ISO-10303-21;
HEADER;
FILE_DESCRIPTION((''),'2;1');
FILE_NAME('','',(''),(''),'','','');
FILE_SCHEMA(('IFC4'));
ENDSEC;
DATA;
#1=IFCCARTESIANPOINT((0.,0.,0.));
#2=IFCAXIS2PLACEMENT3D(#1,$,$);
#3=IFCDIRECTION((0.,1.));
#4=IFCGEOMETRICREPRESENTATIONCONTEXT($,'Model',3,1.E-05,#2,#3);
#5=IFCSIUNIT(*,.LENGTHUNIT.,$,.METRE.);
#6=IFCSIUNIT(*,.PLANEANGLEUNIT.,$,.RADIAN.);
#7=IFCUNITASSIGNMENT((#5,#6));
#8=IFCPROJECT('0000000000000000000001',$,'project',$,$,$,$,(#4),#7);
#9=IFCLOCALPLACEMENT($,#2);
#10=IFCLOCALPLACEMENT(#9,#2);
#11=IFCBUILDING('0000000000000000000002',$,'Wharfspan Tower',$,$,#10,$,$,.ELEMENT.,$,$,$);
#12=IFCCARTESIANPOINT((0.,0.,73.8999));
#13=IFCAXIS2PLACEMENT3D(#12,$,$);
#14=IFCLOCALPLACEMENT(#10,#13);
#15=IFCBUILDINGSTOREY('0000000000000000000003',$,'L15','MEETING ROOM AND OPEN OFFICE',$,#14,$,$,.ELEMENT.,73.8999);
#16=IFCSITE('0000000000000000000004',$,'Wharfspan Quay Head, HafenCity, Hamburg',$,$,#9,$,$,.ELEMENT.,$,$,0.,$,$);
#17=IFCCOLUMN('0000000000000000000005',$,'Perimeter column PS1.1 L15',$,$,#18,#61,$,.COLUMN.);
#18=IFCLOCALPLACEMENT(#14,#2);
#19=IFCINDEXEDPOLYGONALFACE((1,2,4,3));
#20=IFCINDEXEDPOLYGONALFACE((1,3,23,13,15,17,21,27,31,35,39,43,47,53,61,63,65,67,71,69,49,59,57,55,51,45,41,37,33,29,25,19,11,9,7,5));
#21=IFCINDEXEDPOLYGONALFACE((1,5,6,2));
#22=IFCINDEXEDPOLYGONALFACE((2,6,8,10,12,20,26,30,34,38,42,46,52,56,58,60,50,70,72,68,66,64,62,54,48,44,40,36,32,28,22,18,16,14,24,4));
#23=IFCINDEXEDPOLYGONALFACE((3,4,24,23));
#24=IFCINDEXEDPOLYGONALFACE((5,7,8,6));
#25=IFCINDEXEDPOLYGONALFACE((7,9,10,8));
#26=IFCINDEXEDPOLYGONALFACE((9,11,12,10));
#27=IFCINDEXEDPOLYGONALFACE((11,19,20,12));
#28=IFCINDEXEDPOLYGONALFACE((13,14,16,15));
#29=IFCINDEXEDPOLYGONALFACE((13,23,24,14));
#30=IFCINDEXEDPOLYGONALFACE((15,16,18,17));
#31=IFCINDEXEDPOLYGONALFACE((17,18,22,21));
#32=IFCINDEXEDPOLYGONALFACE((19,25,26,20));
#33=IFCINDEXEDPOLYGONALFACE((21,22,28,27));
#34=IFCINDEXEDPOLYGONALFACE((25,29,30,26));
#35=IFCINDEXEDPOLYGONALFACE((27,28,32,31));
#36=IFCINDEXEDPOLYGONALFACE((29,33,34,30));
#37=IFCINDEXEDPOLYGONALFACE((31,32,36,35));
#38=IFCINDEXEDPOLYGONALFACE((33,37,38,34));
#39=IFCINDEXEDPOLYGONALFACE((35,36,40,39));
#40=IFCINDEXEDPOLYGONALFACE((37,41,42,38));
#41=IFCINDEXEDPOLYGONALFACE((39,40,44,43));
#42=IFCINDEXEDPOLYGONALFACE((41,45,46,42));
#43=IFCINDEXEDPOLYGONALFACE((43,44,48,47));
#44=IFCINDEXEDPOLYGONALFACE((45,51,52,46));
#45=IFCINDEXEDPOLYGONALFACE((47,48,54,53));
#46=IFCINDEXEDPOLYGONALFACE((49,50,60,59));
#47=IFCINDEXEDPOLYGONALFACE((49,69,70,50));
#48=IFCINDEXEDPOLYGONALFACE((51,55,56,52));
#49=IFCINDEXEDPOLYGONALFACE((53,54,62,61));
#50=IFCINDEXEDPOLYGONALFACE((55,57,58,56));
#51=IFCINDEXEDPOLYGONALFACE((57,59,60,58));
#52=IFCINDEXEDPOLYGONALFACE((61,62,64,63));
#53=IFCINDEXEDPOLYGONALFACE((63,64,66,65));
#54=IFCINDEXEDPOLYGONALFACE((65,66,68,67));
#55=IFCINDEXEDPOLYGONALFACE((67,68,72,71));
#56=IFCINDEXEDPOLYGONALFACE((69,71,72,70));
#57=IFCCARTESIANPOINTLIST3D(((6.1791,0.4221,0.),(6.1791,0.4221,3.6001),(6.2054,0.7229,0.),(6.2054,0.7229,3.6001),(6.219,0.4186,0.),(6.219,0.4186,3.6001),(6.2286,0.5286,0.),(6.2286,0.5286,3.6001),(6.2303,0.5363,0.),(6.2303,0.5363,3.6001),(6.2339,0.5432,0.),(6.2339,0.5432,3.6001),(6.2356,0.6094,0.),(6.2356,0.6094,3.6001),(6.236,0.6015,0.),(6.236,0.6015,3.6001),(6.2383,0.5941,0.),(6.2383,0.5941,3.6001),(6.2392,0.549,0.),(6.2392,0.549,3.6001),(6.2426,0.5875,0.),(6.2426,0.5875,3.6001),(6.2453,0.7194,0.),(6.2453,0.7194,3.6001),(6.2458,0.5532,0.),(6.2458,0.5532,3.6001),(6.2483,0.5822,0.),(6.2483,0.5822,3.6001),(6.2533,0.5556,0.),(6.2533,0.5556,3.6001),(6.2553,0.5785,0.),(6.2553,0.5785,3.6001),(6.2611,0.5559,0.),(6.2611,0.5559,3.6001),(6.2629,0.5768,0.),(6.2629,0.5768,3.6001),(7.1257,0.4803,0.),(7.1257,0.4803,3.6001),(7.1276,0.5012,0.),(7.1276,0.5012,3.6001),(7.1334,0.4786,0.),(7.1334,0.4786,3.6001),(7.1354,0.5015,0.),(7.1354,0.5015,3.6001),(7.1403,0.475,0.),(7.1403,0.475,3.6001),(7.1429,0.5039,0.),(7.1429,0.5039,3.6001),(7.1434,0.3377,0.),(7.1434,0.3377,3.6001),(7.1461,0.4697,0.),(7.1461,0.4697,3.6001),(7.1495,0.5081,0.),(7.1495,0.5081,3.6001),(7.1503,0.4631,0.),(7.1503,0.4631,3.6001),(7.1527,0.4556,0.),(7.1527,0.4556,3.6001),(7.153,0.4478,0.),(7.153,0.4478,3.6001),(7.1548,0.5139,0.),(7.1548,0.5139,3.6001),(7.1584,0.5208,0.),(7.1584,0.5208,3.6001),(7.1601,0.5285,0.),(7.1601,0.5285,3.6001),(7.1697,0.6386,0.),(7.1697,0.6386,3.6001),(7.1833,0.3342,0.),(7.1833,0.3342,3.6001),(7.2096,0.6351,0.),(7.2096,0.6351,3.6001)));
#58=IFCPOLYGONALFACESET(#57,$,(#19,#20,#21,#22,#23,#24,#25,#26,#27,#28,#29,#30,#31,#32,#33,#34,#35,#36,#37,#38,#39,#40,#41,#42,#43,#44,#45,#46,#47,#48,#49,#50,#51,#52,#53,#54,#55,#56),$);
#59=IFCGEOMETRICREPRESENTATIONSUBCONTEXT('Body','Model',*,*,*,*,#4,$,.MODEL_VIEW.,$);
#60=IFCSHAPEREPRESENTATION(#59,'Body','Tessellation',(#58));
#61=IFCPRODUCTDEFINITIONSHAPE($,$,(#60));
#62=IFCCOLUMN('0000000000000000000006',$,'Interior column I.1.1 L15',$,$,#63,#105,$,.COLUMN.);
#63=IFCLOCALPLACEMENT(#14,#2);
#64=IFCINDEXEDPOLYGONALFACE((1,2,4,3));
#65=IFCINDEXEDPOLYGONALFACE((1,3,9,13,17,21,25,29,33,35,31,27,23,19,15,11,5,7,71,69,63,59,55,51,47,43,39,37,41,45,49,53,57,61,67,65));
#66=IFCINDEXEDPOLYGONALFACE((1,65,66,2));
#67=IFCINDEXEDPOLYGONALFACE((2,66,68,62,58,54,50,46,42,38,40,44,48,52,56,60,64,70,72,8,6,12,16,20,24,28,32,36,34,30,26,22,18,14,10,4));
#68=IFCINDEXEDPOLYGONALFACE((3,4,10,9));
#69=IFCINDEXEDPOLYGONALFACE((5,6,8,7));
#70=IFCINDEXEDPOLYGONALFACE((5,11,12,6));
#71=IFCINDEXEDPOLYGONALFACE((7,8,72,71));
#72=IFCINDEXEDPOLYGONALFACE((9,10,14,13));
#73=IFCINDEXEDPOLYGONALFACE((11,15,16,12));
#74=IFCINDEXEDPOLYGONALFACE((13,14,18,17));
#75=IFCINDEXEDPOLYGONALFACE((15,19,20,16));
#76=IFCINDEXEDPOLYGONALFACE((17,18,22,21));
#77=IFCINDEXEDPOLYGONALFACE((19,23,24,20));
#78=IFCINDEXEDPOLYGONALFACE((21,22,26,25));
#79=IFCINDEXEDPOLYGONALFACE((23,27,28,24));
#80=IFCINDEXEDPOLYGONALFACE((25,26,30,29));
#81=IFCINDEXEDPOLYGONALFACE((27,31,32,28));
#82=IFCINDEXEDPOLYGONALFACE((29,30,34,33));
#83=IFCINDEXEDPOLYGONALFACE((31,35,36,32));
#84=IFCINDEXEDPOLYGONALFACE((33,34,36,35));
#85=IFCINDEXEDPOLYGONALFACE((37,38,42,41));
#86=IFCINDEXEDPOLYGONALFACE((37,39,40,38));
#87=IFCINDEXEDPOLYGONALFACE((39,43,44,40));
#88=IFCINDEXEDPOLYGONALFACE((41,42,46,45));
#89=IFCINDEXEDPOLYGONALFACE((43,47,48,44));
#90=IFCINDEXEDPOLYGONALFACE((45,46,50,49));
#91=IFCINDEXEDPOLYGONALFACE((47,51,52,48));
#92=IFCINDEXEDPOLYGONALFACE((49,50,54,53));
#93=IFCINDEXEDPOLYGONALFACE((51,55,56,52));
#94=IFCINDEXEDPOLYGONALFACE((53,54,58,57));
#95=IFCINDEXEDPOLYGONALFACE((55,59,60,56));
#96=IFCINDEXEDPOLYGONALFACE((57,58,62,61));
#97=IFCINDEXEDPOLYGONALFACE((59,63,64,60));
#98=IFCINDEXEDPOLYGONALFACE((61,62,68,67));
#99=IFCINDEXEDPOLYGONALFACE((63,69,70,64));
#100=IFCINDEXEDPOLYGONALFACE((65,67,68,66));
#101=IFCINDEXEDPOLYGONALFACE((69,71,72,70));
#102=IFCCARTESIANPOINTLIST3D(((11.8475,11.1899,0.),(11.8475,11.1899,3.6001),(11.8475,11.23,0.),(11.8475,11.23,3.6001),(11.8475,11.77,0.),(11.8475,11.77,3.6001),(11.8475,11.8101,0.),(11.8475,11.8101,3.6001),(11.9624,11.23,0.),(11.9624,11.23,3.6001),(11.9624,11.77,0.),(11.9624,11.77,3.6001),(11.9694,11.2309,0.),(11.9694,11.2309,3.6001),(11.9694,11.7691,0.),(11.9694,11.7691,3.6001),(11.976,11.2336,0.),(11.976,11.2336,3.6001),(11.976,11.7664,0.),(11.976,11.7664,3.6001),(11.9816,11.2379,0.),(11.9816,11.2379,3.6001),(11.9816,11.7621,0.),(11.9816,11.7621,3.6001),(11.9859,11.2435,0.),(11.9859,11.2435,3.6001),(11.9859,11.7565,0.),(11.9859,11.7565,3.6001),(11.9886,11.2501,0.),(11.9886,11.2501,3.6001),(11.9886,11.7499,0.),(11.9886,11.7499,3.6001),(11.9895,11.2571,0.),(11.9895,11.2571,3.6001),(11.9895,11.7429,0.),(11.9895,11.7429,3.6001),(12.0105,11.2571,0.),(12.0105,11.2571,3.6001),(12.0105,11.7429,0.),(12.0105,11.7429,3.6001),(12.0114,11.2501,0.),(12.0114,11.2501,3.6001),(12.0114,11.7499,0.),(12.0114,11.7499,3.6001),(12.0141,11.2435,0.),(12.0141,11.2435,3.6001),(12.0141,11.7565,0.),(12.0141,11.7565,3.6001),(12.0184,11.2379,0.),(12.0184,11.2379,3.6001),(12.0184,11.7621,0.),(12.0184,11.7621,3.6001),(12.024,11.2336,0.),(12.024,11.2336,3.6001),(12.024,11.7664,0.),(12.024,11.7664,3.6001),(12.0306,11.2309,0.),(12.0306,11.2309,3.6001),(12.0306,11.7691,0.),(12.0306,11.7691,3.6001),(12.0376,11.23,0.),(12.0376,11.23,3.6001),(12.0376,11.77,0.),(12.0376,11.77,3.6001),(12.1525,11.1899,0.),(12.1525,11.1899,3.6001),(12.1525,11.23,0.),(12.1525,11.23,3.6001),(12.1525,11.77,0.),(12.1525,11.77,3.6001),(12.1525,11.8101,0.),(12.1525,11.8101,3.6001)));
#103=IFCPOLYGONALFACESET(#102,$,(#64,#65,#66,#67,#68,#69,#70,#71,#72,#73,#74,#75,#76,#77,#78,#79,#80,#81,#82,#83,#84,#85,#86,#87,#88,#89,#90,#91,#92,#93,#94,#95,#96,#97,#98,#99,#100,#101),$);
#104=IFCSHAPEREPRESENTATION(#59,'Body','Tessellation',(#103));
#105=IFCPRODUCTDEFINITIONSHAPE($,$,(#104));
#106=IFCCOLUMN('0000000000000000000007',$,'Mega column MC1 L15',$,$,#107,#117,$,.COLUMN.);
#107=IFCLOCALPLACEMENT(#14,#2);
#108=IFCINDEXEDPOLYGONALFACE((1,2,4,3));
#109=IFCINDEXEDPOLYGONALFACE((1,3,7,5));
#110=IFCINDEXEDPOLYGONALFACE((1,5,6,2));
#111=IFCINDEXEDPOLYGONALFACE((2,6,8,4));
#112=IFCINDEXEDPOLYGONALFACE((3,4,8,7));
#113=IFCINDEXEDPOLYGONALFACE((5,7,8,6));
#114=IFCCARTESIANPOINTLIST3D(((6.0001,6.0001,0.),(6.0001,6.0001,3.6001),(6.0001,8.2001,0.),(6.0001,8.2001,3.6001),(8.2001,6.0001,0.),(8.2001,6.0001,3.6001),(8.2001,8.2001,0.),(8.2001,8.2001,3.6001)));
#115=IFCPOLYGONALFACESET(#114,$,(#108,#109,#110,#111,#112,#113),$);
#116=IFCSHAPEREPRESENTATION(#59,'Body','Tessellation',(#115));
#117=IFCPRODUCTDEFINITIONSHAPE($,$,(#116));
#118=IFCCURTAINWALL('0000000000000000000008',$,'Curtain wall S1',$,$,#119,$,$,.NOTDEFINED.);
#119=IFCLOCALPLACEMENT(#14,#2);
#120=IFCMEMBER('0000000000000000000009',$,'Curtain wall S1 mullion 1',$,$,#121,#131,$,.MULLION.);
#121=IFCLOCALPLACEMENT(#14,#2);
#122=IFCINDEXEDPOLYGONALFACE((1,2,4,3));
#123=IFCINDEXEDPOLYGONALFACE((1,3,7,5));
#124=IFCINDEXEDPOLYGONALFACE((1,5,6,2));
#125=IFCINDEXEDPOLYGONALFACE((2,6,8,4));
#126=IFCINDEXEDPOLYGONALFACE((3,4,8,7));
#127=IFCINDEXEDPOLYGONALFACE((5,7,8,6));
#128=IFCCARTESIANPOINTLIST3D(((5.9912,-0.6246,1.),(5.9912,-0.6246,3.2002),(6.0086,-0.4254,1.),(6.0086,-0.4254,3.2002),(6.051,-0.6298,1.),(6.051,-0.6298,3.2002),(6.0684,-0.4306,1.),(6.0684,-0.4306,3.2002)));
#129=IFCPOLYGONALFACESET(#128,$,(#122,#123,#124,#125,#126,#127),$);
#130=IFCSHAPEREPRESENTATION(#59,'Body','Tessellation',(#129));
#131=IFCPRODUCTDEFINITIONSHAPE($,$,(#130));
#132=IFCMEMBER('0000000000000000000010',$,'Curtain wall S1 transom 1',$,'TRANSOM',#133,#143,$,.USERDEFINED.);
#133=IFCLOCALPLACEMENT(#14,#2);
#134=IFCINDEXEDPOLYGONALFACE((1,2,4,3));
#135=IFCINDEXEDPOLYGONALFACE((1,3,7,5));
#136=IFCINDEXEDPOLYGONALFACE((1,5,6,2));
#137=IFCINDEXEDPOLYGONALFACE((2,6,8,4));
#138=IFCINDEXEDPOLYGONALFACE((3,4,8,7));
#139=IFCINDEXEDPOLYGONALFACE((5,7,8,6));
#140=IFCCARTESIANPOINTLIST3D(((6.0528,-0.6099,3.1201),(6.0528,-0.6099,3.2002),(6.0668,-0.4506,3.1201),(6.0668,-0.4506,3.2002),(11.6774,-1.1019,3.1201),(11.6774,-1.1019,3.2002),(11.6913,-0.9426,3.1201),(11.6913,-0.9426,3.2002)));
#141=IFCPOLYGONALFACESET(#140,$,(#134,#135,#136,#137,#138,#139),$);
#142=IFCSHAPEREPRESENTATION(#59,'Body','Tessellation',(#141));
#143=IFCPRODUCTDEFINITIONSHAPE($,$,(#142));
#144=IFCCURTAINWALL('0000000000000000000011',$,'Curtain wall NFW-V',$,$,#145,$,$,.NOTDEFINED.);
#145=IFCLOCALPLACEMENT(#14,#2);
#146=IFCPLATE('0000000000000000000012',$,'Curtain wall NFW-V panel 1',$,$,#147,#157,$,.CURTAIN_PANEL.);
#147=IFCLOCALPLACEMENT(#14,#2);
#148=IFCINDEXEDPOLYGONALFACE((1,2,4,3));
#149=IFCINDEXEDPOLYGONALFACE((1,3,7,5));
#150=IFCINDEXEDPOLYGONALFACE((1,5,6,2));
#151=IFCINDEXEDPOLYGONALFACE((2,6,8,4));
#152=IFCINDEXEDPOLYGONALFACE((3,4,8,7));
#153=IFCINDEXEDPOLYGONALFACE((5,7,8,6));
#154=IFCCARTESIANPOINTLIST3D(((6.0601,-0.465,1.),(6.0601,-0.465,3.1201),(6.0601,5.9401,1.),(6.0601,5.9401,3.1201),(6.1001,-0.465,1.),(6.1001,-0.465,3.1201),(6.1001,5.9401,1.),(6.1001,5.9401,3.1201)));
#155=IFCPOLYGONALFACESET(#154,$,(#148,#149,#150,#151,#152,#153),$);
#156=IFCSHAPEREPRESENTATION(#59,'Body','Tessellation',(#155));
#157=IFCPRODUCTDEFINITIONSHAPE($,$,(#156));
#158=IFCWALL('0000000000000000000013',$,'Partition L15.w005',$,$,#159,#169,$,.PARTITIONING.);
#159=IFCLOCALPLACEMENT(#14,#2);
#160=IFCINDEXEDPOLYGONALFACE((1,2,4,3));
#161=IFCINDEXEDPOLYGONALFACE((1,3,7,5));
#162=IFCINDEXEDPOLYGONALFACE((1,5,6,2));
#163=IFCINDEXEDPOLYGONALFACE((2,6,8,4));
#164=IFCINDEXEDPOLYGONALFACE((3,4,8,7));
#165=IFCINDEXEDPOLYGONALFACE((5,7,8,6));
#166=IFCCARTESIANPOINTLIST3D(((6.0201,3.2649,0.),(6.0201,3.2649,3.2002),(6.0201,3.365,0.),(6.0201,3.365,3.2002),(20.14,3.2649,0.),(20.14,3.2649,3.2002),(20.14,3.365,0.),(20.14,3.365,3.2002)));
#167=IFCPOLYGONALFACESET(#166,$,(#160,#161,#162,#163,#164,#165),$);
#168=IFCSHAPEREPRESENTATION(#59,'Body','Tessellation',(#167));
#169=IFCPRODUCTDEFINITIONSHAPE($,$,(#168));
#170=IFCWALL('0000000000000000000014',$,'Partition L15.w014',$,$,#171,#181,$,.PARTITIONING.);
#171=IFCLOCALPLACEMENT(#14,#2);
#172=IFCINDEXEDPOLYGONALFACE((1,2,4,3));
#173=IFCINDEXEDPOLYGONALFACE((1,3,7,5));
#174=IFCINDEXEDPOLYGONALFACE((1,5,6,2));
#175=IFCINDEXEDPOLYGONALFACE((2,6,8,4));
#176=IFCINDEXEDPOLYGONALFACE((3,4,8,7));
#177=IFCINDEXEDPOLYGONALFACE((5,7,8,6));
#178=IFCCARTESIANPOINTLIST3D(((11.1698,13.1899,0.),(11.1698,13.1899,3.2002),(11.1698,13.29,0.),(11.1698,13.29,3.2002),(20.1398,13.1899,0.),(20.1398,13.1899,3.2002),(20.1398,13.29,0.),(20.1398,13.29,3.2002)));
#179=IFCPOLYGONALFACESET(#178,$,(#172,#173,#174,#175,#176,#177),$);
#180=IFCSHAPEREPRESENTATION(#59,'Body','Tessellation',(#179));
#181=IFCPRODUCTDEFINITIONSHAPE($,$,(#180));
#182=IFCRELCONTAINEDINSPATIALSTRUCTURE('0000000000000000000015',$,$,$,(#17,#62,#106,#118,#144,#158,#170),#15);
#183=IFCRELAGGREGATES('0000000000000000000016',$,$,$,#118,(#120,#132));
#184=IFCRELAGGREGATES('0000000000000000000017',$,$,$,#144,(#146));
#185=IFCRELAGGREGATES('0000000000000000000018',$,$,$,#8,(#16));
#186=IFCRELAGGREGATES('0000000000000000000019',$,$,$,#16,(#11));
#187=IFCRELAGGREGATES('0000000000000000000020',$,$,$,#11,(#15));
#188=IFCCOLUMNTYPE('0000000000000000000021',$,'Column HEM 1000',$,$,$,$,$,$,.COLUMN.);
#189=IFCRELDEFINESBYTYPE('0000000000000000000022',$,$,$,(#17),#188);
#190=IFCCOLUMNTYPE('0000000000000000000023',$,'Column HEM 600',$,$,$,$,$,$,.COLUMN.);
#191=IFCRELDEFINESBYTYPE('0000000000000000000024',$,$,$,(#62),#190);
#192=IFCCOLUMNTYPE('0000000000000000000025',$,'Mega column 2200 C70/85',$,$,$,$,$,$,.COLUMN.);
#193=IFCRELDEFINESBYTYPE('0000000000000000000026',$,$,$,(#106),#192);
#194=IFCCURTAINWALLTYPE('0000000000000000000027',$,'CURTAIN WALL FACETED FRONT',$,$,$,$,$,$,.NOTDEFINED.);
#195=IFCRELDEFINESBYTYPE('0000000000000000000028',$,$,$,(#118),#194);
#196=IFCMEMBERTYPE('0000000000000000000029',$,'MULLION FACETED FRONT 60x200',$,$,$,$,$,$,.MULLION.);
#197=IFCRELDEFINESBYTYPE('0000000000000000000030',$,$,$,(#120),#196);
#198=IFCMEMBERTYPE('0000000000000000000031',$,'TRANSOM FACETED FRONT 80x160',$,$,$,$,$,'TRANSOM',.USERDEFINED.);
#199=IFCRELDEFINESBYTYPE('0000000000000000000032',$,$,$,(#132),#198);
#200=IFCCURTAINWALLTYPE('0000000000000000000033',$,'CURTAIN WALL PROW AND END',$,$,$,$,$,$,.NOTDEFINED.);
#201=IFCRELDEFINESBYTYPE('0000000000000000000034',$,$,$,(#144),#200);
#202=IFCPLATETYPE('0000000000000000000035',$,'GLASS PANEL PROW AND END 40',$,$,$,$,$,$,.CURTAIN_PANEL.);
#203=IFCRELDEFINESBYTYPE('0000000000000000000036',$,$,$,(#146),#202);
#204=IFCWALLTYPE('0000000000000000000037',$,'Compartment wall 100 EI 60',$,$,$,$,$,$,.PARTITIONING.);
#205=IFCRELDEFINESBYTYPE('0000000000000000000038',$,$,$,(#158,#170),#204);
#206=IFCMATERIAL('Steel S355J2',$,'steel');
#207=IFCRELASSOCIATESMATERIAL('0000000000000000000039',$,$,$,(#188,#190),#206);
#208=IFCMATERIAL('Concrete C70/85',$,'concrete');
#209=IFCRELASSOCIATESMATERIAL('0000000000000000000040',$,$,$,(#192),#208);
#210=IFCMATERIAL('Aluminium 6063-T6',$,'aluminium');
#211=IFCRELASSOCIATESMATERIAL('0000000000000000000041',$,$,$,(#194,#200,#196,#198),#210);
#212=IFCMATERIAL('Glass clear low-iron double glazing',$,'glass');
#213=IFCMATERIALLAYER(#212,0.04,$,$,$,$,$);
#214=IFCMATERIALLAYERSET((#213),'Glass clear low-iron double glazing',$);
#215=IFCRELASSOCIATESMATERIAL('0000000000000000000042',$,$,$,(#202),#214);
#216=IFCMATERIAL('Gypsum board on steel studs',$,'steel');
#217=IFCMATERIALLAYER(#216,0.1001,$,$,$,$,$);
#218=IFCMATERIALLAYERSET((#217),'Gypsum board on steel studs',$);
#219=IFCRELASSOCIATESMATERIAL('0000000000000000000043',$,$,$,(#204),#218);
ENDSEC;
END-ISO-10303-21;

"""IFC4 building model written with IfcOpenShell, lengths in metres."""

from ifc_helpers import new_model, si_unit, direction, frame, frame_2d, origin, origin_2d, place, context, subcontext, project, spatial, rectangle, i_section, extrude, material, layer, layer_set, material_profile, profile_set, type_object, element, aggregate, save


model = new_model("IFC4")

# Units and contexts
model_context = context("Model", 3, precision=1e-05, world=origin(), true_north=direction((0.0, 1.0)))
body_context = subcontext(model_context, "Body", "Model", "MODEL_VIEW")
ifc_project = project(units=[si_unit("LENGTHUNIT", "METRE"), si_unit("PLANEANGLEUNIT", "RADIAN")], contexts=[model_context])

# Site, building, storey
site_placement = place(None, origin())
site = spatial("IfcSite", under=ifc_project, at=site_placement, Name="Wharfspan Quay Head, HafenCity, Hamburg", CompositionType="ELEMENT", RefElevation=0.0)
building_placement = place(site_placement, origin())
building = spatial("IfcBuilding", under=site, at=building_placement, Name="Wharfspan Tower", CompositionType="ELEMENT")
storey_placement = place(building_placement, frame((0.0, 0.0, 73.8999)))
storey = spatial("IfcBuildingStorey", under=building, at=storey_placement, Name="L15", Description="MEETING ROOM AND OPEN OFFICE", CompositionType="ELEMENT", Elevation=73.8999)

# Columns
ifc_material_1 = material(Name="Steel S355J2", Category="steel")
ifc_material_profile_1 = material_profile(ifc_material_1, i_section(OverallWidth=0.302, OverallDepth=1.0081, WebThickness=0.021, FlangeThickness=0.04, FilletRadius=0.03, at=origin_2d()))
ifc_profile_set_1 = profile_set([ifc_material_profile_1], Name="Steel S355J2")
column_type_1 = type_object("IfcColumnType", Name="Column HEM 1000", PredefinedType="COLUMN", material=ifc_profile_set_1)
column_1_placement = place(storey_placement, frame((6.6943, 0.5286, 0.0), z_axis=(0.0, 0.0, 1.0), x_axis=(-0.087156, -0.996198, 0.0)))
element("IfcColumn", 1, at=column_1_placement, inside=storey, type_object=column_type_1, Name="Perimeter column PS1.1 L15", PredefinedType="COLUMN", context=body_context, shape_type="SweptSolid", body=[
    extrude(i_section(OverallWidth=0.302, OverallDepth=1.0081, WebThickness=0.021, FlangeThickness=0.04, FilletRadius=0.03, at=origin_2d()), origin(), (0.0, 0.0, 1.0), 3.6001),
])
ifc_material_profile_2 = material_profile(ifc_material_1, i_section(OverallWidth=0.3049, OverallDepth=0.6201, WebThickness=0.021, FlangeThickness=0.04, FilletRadius=0.0271, at=origin_2d()))
ifc_profile_set_2 = profile_set([ifc_material_profile_2], Name="Steel S355J2")
column_type_2 = type_object("IfcColumnType", Name="Column HEM 600", PredefinedType="COLUMN", material=ifc_profile_set_2)
column_2_placement = place(storey_placement, frame((12.0, 11.5, 0.0), z_axis=(0.0, 0.0, 1.0), x_axis=(1.0, 0.0, 0.0)))
element("IfcColumn", 2, at=column_2_placement, inside=storey, type_object=column_type_2, Name="Interior column I.1.1 L15", PredefinedType="COLUMN", context=body_context, shape_type="SweptSolid", body=[
    extrude(i_section(OverallWidth=0.3049, OverallDepth=0.6201, WebThickness=0.021, FlangeThickness=0.04, FilletRadius=0.0271, at=origin_2d()), origin(), (0.0, 0.0, 1.0), 3.6001),
])
ifc_material_2 = material(Name="Concrete C70/85", Category="concrete")
ifc_material_profile_3 = material_profile(ifc_material_2, rectangle(XDim=2.2, YDim=2.2, at=origin_2d()))
ifc_profile_set_3 = profile_set([ifc_material_profile_3], Name="Concrete C70/85")
column_type_3 = type_object("IfcColumnType", Name="Mega column 2200 C70/85", PredefinedType="COLUMN", material=ifc_profile_set_3)
column_3_placement = place(storey_placement, frame((7.1001, 7.1001, 0.0), z_axis=(0.0, 0.0, 1.0), x_axis=(1.0, 0.0, 0.0)))
element("IfcColumn", 3, at=column_3_placement, inside=storey, type_object=column_type_3, Name="Mega column MC1 L15", PredefinedType="COLUMN", context=body_context, shape_type="SweptSolid", body=[
    extrude(rectangle(XDim=2.2, YDim=2.2, at=origin_2d()), origin(), (0.0, 0.0, 1.0), 3.6001),
])

# Curtain wall, members
ifc_material_3 = material(Name="Aluminium 6063-T6", Category="aluminium")
curtain_wall_type_1 = type_object("IfcCurtainWallType", Name="CURTAIN WALL FACETED FRONT", PredefinedType="NOTDEFINED", material=ifc_material_3)
curtain_wall_1_placement = place(storey_placement, origin())
curtain_wall_1 = element("IfcCurtainWall", 4, at=curtain_wall_1_placement, inside=storey, type_object=curtain_wall_type_1, Name="Curtain wall S1", PredefinedType="NOTDEFINED")
ifc_material_profile_4 = material_profile(ifc_material_3, rectangle(XDim=0.2, YDim=0.0601, at=origin_2d()))
ifc_profile_set_4 = profile_set([ifc_material_profile_4], Name="Aluminium 6063-T6")
member_type_1 = type_object("IfcMemberType", Name="MULLION FACETED FRONT 60x200", PredefinedType="MULLION", material=ifc_profile_set_4)
member_1_placement = place(storey_placement, frame((6.0298, -0.5276, 1.0), z_axis=(0.0, 0.0, 1.0), x_axis=(0.087156, 0.996197, 0.0)))
member_1 = element("IfcMember", 5, at=member_1_placement, type_object=member_type_1, Name="Curtain wall S1 mullion 1", PredefinedType="MULLION", context=body_context, shape_type="SweptSolid", body=[
    extrude(rectangle(XDim=0.2, YDim=0.0601, at=origin_2d()), origin(), (0.0, 0.0, 1.0), 2.2002),
])
ifc_material_profile_5 = material_profile(ifc_material_3, rectangle(XDim=0.1599, YDim=0.0801, at=origin_2d()))
ifc_profile_set_5 = profile_set([ifc_material_profile_5], Name="Aluminium 6063-T6")
member_type_2 = type_object("IfcMemberType", Name="TRANSOM FACETED FRONT 80x160", ElementType="TRANSOM", PredefinedType="USERDEFINED", material=ifc_profile_set_5)
member_2_placement = place(storey_placement, frame((6.0598, -0.5303, 3.1602), z_axis=(0.996197, -0.087132, 0.0), x_axis=(0.087132, 0.996197, 0.0)))
member_2 = element("IfcMember", 6, at=member_2_placement, type_object=member_type_2, Name="Curtain wall S1 transom 1", ObjectType="TRANSOM", PredefinedType="USERDEFINED", context=body_context, shape_type="SweptSolid", body=[
    extrude(rectangle(XDim=0.1599, YDim=0.0801, at=origin_2d()), origin(), (0.0, 0.0, 1.0), 5.646),
])
aggregate(curtain_wall_1, [member_1, member_2])

# Curtain wall, plate
curtain_wall_type_2 = type_object("IfcCurtainWallType", Name="CURTAIN WALL PROW AND END", PredefinedType="NOTDEFINED", material=ifc_material_3)
curtain_wall_2_placement = place(storey_placement, origin())
curtain_wall_2 = element("IfcCurtainWall", 7, at=curtain_wall_2_placement, inside=storey, type_object=curtain_wall_type_2, Name="Curtain wall NFW-V", PredefinedType="NOTDEFINED")
ifc_material_4 = material(Name="Glass clear low-iron double glazing", Category="glass")
ifc_layer_1 = layer(ifc_material_4, 0.04)
ifc_layer_set_1 = layer_set([ifc_layer_1], Name="Glass clear low-iron double glazing")
plate_type = type_object("IfcPlateType", Name="GLASS PANEL PROW AND END 40", PredefinedType="CURTAIN_PANEL", material=ifc_layer_set_1)
plate_placement = place(storey_placement, frame((6.0801, 2.7375, 1.0), z_axis=(0.0, 0.0, 1.0), x_axis=(0.0, -1.0, 0.0)))
plate = element("IfcPlate", 8, at=plate_placement, type_object=plate_type, Name="Curtain wall NFW-V panel 1", PredefinedType="CURTAIN_PANEL", context=body_context, shape_type="SweptSolid", body=[
    extrude(rectangle(XDim=6.405, YDim=0.04, at=origin_2d()), origin(), (0.0, 0.0, 1.0), 2.1201),
])
aggregate(curtain_wall_2, [plate])

# Walls
ifc_material_5 = material(Name="Gypsum board on steel studs", Category="steel")
ifc_layer_2 = layer(ifc_material_5, 0.1001)
ifc_layer_set_2 = layer_set([ifc_layer_2], Name="Gypsum board on steel studs")
wall_type_1 = type_object("IfcWallType", Name="Compartment wall 100 EI 60", PredefinedType="PARTITIONING", material=ifc_layer_set_2)
wall_1_placement = place(storey_placement, frame((6.02, 3.3149, 0.0), z_axis=(0.0, 0.0, 1.0), x_axis=(1.0, 0.0, 0.0)))
element("IfcWall", 9, at=wall_1_placement, inside=storey, type_object=wall_type_1, Name="Partition L15.w005", PredefinedType="PARTITIONING", context=body_context, shape_type="SweptSolid", body=[
    extrude(rectangle(XDim=14.1199, YDim=0.1001, at=frame_2d((7.0601, 0.0))), origin(), (0.0, 0.0, 1.0), 3.2002),
])
for number, where, z_axis, x_axis, name in (
    (10, (11.1699, 13.24, 0.0), (0.0, 0.0, 1.0), (1.0, 0.0, 0.0), "Partition L15.w014"),
):
    element("IfcWall", number, at=place(storey_placement, frame(where, z_axis=z_axis, x_axis=x_axis)), inside=storey, type_object=wall_type_1, Name=name, PredefinedType="PARTITIONING", context=body_context, shape_type="SweptSolid", body=[
        extrude(rectangle(XDim=8.97, YDim=0.1001, at=frame_2d((4.4849, 0.0))), origin(), (0.0, 0.0, 1.0), 3.2002),
    ])

save(model, "model.ifc")
